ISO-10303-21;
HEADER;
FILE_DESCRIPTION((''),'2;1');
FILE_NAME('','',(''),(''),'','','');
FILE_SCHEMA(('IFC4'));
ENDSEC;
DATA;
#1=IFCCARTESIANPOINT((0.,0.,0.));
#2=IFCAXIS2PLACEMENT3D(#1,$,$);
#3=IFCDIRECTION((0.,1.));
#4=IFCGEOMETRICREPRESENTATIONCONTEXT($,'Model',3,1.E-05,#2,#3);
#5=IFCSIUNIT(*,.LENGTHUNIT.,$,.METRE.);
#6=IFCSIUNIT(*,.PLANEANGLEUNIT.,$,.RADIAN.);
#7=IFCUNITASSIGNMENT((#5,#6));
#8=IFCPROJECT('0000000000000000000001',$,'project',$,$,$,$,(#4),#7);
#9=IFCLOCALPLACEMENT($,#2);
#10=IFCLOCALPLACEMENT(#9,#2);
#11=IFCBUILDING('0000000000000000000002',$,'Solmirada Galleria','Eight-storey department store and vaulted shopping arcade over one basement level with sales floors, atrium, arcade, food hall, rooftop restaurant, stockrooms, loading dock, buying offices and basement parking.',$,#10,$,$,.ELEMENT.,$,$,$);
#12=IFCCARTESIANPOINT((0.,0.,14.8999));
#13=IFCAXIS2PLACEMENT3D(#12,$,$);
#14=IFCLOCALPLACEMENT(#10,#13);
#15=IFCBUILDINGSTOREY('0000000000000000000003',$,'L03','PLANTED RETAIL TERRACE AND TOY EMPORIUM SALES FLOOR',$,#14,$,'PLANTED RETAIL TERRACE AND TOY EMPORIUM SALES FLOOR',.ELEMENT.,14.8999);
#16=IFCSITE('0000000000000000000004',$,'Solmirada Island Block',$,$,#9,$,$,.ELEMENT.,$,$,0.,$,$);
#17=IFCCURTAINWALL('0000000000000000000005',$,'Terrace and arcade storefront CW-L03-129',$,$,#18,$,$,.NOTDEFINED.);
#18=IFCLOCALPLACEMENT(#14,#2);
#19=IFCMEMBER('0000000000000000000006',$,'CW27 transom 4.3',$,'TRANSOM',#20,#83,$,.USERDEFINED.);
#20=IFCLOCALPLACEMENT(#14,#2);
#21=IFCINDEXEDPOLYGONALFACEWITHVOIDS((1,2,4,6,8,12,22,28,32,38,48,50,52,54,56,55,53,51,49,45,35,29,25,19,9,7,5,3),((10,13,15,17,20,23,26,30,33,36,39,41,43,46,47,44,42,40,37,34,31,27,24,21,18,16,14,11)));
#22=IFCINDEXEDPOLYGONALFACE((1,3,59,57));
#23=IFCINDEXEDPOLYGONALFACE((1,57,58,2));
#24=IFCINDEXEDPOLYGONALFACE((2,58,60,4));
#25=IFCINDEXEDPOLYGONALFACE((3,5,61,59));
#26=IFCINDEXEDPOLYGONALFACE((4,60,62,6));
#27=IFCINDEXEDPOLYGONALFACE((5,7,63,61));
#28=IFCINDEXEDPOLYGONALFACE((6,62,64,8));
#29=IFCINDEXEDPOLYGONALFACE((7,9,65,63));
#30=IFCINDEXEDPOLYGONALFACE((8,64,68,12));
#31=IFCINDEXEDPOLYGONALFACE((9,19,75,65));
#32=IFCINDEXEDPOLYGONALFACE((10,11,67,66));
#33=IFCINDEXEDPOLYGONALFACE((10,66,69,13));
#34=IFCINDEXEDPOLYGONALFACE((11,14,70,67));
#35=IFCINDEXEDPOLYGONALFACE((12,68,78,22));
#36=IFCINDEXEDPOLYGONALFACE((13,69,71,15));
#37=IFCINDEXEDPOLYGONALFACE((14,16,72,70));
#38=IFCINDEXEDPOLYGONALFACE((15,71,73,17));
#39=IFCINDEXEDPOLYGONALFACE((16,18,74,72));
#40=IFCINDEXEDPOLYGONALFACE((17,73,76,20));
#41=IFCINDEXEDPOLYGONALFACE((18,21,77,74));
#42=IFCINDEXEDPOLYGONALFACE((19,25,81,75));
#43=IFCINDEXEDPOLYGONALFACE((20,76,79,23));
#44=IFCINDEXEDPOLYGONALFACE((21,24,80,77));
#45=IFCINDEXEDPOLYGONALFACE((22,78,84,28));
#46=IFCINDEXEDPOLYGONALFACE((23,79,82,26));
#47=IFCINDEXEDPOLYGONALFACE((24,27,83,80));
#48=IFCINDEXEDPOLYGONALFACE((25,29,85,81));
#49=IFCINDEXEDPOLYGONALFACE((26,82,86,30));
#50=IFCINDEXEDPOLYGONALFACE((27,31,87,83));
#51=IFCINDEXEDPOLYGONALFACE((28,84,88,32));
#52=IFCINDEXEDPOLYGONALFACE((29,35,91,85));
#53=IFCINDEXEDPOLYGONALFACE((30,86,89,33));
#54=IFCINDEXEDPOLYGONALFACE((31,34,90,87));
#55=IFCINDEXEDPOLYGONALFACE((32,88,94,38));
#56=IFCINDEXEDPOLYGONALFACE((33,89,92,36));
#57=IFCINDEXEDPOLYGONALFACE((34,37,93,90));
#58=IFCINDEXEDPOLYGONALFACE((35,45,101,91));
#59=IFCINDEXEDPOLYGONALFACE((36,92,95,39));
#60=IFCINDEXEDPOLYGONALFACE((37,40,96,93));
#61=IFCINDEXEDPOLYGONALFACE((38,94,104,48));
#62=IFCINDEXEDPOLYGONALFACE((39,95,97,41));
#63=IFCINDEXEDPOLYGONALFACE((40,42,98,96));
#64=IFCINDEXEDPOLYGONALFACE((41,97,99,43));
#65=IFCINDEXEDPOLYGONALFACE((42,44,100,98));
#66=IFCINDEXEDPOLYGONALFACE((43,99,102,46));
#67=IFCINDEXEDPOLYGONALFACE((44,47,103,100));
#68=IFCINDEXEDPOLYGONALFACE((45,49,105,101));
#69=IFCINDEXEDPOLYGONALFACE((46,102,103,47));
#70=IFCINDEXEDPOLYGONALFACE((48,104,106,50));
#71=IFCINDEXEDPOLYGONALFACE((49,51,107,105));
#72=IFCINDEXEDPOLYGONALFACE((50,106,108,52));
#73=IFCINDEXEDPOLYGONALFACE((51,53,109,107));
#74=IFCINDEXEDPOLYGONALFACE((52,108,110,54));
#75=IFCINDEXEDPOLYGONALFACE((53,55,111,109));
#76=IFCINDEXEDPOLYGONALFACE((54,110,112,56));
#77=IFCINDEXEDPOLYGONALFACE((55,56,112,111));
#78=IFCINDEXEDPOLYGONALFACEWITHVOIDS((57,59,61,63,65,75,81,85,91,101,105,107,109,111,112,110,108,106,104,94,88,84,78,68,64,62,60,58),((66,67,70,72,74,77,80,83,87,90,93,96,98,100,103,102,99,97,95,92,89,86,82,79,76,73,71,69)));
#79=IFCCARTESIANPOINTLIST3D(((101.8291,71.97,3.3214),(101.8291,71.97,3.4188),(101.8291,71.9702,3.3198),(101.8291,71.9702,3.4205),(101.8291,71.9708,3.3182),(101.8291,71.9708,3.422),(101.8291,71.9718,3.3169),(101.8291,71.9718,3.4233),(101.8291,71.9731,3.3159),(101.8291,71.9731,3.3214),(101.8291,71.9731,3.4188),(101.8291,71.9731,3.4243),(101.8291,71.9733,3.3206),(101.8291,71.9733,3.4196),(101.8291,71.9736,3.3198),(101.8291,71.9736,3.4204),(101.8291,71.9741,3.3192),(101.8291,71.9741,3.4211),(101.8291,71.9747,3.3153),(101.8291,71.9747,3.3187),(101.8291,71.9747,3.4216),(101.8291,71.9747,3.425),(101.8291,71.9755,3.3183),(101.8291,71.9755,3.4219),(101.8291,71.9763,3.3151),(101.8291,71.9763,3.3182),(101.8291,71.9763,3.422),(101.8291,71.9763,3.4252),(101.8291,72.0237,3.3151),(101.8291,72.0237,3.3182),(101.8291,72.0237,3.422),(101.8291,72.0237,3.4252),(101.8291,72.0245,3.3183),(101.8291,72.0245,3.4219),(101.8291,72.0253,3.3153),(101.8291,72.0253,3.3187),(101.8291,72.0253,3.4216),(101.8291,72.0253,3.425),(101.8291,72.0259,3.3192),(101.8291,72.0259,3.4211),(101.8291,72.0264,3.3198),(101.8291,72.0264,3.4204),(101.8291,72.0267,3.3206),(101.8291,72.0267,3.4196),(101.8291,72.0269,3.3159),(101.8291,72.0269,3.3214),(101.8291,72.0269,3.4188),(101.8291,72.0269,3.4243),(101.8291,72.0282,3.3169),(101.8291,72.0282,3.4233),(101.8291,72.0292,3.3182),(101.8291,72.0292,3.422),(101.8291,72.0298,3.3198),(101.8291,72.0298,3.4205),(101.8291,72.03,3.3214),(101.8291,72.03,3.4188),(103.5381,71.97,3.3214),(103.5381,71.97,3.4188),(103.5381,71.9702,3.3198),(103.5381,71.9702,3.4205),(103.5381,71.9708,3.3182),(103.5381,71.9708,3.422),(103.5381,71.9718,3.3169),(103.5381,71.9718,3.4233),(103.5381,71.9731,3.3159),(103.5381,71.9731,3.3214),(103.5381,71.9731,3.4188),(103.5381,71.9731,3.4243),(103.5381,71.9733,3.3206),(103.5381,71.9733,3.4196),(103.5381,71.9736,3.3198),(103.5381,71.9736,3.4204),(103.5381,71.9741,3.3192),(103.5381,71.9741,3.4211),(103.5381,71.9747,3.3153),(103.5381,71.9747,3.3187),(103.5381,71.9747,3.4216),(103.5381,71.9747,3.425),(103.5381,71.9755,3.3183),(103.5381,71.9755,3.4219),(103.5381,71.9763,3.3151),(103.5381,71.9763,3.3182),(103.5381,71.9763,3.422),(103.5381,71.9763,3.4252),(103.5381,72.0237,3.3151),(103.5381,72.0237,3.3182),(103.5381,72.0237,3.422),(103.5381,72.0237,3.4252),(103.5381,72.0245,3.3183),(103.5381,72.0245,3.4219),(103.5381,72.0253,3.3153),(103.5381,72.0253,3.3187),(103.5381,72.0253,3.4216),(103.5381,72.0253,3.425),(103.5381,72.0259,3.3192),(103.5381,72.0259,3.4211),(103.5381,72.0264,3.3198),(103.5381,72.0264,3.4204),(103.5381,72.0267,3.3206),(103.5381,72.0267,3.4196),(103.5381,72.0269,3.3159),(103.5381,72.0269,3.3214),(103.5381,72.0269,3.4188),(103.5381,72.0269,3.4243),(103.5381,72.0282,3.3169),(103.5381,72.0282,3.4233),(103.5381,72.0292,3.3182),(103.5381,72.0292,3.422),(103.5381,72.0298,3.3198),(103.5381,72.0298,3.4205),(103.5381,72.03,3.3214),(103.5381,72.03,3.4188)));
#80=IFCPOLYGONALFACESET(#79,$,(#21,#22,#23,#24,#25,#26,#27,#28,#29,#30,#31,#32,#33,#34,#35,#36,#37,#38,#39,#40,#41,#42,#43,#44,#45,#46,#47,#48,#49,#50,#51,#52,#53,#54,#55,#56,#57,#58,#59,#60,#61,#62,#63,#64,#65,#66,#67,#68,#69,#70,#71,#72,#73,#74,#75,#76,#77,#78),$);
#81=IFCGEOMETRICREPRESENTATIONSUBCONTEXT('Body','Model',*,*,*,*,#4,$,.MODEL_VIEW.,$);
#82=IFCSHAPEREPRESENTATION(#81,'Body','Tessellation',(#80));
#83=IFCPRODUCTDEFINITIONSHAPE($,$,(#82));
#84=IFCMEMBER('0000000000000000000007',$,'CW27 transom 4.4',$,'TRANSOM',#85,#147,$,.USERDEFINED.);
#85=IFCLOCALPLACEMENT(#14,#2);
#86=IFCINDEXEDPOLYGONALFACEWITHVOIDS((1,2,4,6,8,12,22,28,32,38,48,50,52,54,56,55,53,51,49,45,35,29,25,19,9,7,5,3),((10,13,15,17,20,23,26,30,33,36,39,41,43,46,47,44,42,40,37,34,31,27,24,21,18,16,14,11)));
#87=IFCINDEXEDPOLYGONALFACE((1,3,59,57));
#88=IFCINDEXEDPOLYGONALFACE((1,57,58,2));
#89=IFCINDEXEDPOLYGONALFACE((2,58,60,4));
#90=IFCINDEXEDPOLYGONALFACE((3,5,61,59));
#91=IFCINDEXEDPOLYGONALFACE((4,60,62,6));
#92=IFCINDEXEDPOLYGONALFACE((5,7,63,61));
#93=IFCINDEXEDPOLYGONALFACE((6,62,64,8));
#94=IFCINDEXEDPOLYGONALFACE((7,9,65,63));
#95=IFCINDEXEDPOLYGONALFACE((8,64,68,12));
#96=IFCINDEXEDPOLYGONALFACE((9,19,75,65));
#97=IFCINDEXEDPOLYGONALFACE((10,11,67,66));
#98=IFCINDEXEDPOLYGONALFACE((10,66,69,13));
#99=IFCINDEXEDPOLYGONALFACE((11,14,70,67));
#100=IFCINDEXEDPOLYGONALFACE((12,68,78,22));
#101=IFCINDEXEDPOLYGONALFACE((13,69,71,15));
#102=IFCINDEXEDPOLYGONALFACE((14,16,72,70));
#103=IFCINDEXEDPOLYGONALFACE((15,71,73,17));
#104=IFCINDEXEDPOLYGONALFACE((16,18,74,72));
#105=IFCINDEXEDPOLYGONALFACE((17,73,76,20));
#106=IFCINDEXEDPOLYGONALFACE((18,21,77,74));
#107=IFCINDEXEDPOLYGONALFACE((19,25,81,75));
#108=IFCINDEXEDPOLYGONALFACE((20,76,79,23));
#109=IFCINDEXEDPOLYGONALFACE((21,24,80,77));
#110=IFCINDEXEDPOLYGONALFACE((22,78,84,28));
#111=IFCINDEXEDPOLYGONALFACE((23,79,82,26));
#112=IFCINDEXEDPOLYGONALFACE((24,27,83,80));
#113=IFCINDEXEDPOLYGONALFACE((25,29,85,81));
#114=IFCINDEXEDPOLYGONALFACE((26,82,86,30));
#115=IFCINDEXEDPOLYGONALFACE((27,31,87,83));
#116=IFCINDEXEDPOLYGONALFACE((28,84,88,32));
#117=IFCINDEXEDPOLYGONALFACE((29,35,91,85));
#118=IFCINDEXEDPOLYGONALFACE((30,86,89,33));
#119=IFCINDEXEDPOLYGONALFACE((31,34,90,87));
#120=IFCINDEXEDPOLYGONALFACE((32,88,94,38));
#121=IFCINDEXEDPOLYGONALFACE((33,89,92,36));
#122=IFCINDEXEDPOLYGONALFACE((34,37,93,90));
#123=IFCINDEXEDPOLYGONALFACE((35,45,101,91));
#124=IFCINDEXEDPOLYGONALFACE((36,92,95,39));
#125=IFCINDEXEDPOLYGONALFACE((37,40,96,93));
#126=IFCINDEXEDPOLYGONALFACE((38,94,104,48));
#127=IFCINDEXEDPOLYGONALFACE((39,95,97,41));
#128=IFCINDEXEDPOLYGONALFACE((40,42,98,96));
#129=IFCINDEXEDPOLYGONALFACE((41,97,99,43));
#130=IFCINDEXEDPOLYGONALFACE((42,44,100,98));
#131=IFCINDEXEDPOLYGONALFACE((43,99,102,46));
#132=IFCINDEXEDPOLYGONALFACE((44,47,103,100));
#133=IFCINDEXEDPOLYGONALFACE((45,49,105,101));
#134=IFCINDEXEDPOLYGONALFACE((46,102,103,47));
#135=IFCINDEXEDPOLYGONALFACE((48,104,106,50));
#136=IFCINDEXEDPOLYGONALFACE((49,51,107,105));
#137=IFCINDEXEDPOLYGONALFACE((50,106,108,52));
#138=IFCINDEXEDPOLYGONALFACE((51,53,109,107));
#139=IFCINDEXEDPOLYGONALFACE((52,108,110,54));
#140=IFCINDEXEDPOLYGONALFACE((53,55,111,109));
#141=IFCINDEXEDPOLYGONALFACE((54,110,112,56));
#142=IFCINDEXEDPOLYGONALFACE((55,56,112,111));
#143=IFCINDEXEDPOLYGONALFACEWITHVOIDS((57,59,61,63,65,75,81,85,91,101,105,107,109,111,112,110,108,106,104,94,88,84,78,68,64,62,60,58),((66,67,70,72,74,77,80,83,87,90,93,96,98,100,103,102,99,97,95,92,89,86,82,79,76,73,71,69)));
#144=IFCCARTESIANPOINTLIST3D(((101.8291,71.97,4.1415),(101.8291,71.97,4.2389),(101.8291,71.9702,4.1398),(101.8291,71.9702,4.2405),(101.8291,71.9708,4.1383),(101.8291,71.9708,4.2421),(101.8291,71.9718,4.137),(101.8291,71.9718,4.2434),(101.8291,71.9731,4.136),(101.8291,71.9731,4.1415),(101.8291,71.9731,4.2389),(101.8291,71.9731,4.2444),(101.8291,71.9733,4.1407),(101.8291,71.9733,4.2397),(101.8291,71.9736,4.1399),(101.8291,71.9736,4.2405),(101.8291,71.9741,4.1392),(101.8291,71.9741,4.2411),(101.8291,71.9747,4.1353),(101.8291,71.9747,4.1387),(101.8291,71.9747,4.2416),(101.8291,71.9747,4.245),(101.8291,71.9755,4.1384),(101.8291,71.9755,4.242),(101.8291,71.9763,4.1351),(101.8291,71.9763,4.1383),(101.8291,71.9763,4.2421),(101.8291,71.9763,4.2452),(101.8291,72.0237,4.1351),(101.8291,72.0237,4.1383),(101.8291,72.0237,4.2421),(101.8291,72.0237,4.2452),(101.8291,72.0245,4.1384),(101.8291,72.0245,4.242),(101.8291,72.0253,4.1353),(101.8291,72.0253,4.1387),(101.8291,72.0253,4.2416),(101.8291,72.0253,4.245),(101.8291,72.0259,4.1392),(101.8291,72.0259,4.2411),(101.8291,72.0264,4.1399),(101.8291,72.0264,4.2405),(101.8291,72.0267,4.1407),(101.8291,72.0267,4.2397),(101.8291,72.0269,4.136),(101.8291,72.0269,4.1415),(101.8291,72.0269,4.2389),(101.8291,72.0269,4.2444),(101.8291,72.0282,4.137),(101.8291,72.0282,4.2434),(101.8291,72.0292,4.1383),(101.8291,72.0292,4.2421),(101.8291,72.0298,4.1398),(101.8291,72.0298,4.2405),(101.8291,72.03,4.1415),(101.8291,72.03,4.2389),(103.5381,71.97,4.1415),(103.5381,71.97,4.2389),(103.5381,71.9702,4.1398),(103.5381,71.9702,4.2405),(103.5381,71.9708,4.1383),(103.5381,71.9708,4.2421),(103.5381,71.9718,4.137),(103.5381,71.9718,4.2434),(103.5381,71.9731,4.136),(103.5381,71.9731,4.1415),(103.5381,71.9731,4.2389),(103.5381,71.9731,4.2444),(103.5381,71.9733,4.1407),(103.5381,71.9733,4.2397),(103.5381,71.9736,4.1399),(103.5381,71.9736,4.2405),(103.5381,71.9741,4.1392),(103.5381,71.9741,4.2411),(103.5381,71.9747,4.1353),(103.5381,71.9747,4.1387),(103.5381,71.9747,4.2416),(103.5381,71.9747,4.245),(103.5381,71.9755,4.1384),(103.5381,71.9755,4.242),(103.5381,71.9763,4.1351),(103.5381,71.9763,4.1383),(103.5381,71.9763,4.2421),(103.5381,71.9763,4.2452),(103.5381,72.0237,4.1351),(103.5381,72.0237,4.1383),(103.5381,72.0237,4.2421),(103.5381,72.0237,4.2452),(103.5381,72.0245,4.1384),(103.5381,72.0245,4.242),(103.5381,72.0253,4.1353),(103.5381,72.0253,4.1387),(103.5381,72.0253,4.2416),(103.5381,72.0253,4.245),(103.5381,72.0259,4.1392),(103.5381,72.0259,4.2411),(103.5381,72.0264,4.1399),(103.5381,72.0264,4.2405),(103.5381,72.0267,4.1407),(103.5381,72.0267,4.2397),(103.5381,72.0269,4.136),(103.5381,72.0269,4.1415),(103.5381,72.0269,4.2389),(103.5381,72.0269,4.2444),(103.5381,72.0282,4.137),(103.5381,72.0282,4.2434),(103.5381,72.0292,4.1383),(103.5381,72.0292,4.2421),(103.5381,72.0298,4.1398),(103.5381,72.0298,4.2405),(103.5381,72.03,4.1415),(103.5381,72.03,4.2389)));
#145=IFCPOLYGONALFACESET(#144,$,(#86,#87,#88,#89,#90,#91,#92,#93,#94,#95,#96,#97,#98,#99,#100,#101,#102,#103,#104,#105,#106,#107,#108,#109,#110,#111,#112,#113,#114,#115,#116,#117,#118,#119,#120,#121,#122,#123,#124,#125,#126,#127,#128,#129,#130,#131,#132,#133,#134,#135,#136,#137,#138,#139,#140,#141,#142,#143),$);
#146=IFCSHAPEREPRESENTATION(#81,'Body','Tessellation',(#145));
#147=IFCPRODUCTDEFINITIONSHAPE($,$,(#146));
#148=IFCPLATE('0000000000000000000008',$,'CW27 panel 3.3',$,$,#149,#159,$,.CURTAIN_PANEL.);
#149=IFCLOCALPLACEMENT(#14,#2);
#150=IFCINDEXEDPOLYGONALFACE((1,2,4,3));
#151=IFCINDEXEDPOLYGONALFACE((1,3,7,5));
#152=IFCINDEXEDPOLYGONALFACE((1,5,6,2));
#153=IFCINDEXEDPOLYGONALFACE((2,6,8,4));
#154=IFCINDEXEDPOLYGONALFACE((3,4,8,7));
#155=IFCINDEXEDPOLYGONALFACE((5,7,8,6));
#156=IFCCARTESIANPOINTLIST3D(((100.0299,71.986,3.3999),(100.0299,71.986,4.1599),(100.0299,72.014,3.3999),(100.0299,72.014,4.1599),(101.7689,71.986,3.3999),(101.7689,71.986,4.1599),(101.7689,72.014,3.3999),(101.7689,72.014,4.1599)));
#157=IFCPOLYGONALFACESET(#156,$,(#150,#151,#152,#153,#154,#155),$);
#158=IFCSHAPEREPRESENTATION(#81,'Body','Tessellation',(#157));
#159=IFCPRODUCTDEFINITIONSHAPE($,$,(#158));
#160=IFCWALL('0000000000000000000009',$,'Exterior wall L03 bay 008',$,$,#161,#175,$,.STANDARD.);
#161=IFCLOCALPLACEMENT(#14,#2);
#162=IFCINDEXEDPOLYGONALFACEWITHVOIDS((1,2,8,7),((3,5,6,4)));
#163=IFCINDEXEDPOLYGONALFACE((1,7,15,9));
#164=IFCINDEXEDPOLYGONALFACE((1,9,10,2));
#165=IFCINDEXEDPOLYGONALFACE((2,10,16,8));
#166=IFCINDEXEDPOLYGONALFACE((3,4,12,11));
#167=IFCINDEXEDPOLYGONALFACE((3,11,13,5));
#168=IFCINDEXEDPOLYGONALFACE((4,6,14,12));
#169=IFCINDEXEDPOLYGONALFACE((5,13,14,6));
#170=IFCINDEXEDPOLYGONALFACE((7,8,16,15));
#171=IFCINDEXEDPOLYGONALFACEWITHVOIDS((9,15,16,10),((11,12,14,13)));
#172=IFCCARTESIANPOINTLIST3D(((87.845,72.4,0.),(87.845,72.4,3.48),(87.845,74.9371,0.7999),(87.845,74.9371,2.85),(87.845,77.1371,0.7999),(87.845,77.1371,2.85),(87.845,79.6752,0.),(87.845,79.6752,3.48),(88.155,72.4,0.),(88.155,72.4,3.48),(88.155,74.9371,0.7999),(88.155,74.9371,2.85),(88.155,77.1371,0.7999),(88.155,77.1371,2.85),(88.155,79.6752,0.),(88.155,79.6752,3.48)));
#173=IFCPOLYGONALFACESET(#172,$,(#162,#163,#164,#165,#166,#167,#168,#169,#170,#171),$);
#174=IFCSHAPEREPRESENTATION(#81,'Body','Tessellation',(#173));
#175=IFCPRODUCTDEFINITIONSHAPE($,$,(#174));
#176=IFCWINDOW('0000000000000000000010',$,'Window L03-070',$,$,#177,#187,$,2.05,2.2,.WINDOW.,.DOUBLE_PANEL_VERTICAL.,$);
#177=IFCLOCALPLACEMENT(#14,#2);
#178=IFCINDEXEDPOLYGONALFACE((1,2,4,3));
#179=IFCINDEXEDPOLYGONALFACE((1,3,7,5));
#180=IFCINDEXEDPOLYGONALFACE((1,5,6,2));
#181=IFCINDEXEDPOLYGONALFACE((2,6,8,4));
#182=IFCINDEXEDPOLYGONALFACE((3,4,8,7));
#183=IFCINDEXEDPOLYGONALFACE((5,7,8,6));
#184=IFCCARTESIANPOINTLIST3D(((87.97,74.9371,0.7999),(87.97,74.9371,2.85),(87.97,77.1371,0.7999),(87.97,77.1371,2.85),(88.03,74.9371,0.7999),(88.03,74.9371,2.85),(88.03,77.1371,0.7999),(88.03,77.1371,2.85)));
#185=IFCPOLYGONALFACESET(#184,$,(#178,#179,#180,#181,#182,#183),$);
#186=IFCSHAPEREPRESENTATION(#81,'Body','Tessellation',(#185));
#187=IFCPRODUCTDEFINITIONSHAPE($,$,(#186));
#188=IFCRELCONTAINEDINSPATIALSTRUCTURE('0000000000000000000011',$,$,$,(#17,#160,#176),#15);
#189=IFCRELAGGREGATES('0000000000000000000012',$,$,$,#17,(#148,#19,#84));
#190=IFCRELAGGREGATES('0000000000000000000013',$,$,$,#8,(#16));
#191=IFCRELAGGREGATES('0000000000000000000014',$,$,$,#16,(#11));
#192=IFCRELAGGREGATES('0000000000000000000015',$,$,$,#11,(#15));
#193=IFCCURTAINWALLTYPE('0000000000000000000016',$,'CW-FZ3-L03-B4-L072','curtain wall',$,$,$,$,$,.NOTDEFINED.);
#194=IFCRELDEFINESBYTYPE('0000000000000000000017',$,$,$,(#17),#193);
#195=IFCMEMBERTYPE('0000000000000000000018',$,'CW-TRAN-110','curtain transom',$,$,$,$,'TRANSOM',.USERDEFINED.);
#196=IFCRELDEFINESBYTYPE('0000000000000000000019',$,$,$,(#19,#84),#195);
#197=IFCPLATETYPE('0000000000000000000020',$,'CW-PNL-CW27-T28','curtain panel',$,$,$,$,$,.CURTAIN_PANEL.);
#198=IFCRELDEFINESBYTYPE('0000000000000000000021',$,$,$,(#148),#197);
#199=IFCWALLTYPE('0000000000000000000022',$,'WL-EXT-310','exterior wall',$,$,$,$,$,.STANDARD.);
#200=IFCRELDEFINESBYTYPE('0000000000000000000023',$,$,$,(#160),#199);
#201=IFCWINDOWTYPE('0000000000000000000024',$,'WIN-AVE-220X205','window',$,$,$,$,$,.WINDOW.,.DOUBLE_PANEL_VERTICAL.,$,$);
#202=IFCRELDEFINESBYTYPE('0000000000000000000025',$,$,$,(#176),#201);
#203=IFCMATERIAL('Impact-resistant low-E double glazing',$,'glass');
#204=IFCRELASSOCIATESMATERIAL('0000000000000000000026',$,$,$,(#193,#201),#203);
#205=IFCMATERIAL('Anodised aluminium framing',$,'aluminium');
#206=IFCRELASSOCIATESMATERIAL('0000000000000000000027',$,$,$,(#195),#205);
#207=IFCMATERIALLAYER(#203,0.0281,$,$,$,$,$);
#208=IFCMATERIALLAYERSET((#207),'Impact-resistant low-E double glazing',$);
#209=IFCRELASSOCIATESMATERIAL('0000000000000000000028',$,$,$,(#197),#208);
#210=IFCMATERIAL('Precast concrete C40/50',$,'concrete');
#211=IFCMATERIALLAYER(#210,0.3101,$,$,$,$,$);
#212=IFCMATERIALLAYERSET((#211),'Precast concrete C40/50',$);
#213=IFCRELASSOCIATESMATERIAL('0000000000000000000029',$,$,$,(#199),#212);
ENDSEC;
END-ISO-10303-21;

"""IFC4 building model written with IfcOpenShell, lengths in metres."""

from ifc_helpers import new_model, si_unit, direction, frame, frame_2d, origin, origin_2d, place, context, subcontext, project, spatial, rectangle, hollow_rectangle, extrude, material, layer, layer_set, material_profile, profile_set, type_object, element, fill, aggregate, save


model = new_model("IFC4")

# Units and contexts
model_context = context("Model", 3, precision=1e-05, world=origin(), true_north=direction((0.0, 1.0)))
body_context = subcontext(model_context, "Body", "Model", "MODEL_VIEW")
ifc_project = project(units=[si_unit("LENGTHUNIT", "METRE"), si_unit("PLANEANGLEUNIT", "RADIAN")], contexts=[model_context])

# Site, building, storey
site_placement = place(None, origin())
site = spatial("IfcSite", under=ifc_project, at=site_placement, Name="Solmirada Island Block", CompositionType="ELEMENT", RefElevation=0.0)
building_placement = place(site_placement, origin())
building = spatial("IfcBuilding", under=site, at=building_placement, Name="Solmirada Galleria", Description="Eight-storey department store and vaulted shopping arcade over one basement level with sales floors, atrium, arcade, food hall, rooftop restaurant, stockrooms, loading dock, buying offices and basement parking.", CompositionType="ELEMENT")
storey_placement = place(building_placement, frame((0.0, 0.0, 14.8999)))
storey = spatial("IfcBuildingStorey", under=building, at=storey_placement, Name="L03", Description="PLANTED RETAIL TERRACE AND TOY EMPORIUM SALES FLOOR", LongName="PLANTED RETAIL TERRACE AND TOY EMPORIUM SALES FLOOR", CompositionType="ELEMENT", Elevation=14.8999)

# Curtain wall, members, plate
ifc_material_1 = material(Name="Impact-resistant low-E double glazing", Category="glass")
curtain_wall_type = type_object("IfcCurtainWallType", Name="CW-FZ3-L03-B4-L072", Description="curtain wall", PredefinedType="NOTDEFINED", material=ifc_material_1)
curtain_wall_placement = place(storey_placement, origin())
curtain_wall = element("IfcCurtainWall", 1, at=curtain_wall_placement, inside=storey, type_object=curtain_wall_type, Name="Terrace and arcade storefront CW-L03-129", PredefinedType="NOTDEFINED")
ifc_material_2 = material(Name="Anodised aluminium framing", Category="aluminium")
ifc_material_profile_1 = material_profile(ifc_material_2, hollow_rectangle(XDim=0.0601, YDim=0.1101, WallThickness=0.0032, InnerFilletRadius=0.0032, OuterFilletRadius=0.0063, at=origin_2d()), Name="ALU-TRAN-110X60")
ifc_profile_set_1 = profile_set([ifc_material_profile_1], Name="Anodised aluminium framing")
member_type_1 = type_object("IfcMemberType", Name="CW-TRAN-110", Description="curtain transom", ElementType="TRANSOM", PredefinedType="USERDEFINED", material=ifc_profile_set_1)
member_1_placement = place(storey_placement, frame((101.8291, 72.0, 3.3701), z_axis=(1.0, 0.0, 0.0), x_axis=(0.0, 1.0, 0.0)))
member_1 = element("IfcMember", 2, at=member_1_placement, type_object=member_type_1, Name="CW27 transom 4.3", ObjectType="TRANSOM", PredefinedType="USERDEFINED", context=body_context, shape_type="SweptSolid", body=[
    extrude(hollow_rectangle(XDim=0.0601, YDim=0.1101, WallThickness=0.0032, InnerFilletRadius=0.0032, OuterFilletRadius=0.0063, at=origin_2d()), origin(), (0.0, 0.0, 1.0), 1.709),
])
member_2_placement = place(storey_placement, frame((101.8291, 72.0, 4.1902), z_axis=(1.0, 0.0, 0.0), x_axis=(0.0, 1.0, 0.0)))
member_2 = element("IfcMember", 3, at=member_2_placement, type_object=member_type_1, Name="CW27 transom 4.4", ObjectType="TRANSOM", PredefinedType="USERDEFINED", context=body_context, shape_type="SweptSolid", body=[
    extrude(hollow_rectangle(XDim=0.0601, YDim=0.1101, WallThickness=0.0032, InnerFilletRadius=0.0032, OuterFilletRadius=0.0063, at=origin_2d()), origin(), (0.0, 0.0, 1.0), 1.709),
])
ifc_layer_1 = layer(ifc_material_1, 0.0281)
ifc_layer_set_1 = layer_set([ifc_layer_1], Name="Impact-resistant low-E double glazing")
plate_type = type_object("IfcPlateType", Name="CW-PNL-CW27-T28", Description="curtain panel", PredefinedType="CURTAIN_PANEL", material=ifc_layer_set_1)
plate_placement = place(storey_placement, frame((100.8994, 72.0, 3.3999), z_axis=(0.0, 0.0, 1.0), x_axis=(1.0, 0.0, 0.0)))
plate = element("IfcPlate", 4, at=plate_placement, type_object=plate_type, Name="CW27 panel 3.3", PredefinedType="CURTAIN_PANEL", context=body_context, shape_type="SweptSolid", body=[
    extrude(rectangle(XDim=1.739, YDim=0.0281, at=origin_2d()), origin(), (0.0, 0.0, 1.0), 0.76),
])
aggregate(curtain_wall, [plate, member_1, member_2])

# Wall, opening, window
ifc_material_3 = material(Name="Precast concrete C40/50", Category="concrete")
ifc_layer_2 = layer(ifc_material_3, 0.3101)
ifc_layer_set_2 = layer_set([ifc_layer_2], Name="Precast concrete C40/50")
wall_type = type_object("IfcWallType", Name="WL-EXT-310", Description="exterior wall", PredefinedType="STANDARD", material=ifc_layer_set_2)
wall_1_placement = place(storey_placement, frame((88.0, 72.3999, 0.0), z_axis=(0.0, 0.0, 1.0), x_axis=(0.0, 1.0, 0.0)))
wall_1 = element("IfcWall", 5, at=wall_1_placement, inside=storey, type_object=wall_type, Name="Exterior wall L03 bay 008", PredefinedType="STANDARD", context=body_context, shape_type="SweptSolid", body=[
    extrude(rectangle(XDim=7.2751, YDim=0.3101, at=frame_2d((3.6377, 0.0))), origin(), (0.0, 0.0, 1.0), 3.48),
])
opening_1_placement = place(wall_1_placement, frame((2.5371, 0.0, 0.8)))
opening_1 = element("IfcOpeningElement", 6, at=opening_1_placement, cuts=wall_1, PredefinedType="OPENING", context=body_context, shape_type="SweptSolid", body=[
    extrude(rectangle(XDim=2.2, YDim=2.05, at=frame_2d((1.1001, 1.0249))), frame((0.0, 0.165, 0.0), z_axis=(0.0, -1.0, 0.0), x_axis=(1.0, 0.0, 0.0)), (0.0, 0.0, 1.0), 0.3301),
])
window_type = type_object("IfcWindowType", Name="WIN-AVE-220X205", Description="window", PartitioningType="DOUBLE_PANEL_VERTICAL", PredefinedType="WINDOW", material=ifc_material_1)
window_1_placement = place(opening_1_placement, origin())
window_1 = element("IfcWindow", 7, at=window_1_placement, inside=storey, type_object=window_type, Name="Window L03-070", OverallHeight=2.05, OverallWidth=2.2, PartitioningType="DOUBLE_PANEL_VERTICAL", PredefinedType="WINDOW", context=body_context, shape_type="SweptSolid", body=[
    extrude(rectangle(XDim=2.2, YDim=2.05, at=frame_2d((1.1001, 1.0249))), frame((0.0, 0.03, 0.0), z_axis=(0.0, -1.0, 0.0), x_axis=(1.0, 0.0, 0.0)), (0.0, 0.0, 1.0), 0.0601),
])
fill(opening_1, window_1)

save(model, "model.ifc")
